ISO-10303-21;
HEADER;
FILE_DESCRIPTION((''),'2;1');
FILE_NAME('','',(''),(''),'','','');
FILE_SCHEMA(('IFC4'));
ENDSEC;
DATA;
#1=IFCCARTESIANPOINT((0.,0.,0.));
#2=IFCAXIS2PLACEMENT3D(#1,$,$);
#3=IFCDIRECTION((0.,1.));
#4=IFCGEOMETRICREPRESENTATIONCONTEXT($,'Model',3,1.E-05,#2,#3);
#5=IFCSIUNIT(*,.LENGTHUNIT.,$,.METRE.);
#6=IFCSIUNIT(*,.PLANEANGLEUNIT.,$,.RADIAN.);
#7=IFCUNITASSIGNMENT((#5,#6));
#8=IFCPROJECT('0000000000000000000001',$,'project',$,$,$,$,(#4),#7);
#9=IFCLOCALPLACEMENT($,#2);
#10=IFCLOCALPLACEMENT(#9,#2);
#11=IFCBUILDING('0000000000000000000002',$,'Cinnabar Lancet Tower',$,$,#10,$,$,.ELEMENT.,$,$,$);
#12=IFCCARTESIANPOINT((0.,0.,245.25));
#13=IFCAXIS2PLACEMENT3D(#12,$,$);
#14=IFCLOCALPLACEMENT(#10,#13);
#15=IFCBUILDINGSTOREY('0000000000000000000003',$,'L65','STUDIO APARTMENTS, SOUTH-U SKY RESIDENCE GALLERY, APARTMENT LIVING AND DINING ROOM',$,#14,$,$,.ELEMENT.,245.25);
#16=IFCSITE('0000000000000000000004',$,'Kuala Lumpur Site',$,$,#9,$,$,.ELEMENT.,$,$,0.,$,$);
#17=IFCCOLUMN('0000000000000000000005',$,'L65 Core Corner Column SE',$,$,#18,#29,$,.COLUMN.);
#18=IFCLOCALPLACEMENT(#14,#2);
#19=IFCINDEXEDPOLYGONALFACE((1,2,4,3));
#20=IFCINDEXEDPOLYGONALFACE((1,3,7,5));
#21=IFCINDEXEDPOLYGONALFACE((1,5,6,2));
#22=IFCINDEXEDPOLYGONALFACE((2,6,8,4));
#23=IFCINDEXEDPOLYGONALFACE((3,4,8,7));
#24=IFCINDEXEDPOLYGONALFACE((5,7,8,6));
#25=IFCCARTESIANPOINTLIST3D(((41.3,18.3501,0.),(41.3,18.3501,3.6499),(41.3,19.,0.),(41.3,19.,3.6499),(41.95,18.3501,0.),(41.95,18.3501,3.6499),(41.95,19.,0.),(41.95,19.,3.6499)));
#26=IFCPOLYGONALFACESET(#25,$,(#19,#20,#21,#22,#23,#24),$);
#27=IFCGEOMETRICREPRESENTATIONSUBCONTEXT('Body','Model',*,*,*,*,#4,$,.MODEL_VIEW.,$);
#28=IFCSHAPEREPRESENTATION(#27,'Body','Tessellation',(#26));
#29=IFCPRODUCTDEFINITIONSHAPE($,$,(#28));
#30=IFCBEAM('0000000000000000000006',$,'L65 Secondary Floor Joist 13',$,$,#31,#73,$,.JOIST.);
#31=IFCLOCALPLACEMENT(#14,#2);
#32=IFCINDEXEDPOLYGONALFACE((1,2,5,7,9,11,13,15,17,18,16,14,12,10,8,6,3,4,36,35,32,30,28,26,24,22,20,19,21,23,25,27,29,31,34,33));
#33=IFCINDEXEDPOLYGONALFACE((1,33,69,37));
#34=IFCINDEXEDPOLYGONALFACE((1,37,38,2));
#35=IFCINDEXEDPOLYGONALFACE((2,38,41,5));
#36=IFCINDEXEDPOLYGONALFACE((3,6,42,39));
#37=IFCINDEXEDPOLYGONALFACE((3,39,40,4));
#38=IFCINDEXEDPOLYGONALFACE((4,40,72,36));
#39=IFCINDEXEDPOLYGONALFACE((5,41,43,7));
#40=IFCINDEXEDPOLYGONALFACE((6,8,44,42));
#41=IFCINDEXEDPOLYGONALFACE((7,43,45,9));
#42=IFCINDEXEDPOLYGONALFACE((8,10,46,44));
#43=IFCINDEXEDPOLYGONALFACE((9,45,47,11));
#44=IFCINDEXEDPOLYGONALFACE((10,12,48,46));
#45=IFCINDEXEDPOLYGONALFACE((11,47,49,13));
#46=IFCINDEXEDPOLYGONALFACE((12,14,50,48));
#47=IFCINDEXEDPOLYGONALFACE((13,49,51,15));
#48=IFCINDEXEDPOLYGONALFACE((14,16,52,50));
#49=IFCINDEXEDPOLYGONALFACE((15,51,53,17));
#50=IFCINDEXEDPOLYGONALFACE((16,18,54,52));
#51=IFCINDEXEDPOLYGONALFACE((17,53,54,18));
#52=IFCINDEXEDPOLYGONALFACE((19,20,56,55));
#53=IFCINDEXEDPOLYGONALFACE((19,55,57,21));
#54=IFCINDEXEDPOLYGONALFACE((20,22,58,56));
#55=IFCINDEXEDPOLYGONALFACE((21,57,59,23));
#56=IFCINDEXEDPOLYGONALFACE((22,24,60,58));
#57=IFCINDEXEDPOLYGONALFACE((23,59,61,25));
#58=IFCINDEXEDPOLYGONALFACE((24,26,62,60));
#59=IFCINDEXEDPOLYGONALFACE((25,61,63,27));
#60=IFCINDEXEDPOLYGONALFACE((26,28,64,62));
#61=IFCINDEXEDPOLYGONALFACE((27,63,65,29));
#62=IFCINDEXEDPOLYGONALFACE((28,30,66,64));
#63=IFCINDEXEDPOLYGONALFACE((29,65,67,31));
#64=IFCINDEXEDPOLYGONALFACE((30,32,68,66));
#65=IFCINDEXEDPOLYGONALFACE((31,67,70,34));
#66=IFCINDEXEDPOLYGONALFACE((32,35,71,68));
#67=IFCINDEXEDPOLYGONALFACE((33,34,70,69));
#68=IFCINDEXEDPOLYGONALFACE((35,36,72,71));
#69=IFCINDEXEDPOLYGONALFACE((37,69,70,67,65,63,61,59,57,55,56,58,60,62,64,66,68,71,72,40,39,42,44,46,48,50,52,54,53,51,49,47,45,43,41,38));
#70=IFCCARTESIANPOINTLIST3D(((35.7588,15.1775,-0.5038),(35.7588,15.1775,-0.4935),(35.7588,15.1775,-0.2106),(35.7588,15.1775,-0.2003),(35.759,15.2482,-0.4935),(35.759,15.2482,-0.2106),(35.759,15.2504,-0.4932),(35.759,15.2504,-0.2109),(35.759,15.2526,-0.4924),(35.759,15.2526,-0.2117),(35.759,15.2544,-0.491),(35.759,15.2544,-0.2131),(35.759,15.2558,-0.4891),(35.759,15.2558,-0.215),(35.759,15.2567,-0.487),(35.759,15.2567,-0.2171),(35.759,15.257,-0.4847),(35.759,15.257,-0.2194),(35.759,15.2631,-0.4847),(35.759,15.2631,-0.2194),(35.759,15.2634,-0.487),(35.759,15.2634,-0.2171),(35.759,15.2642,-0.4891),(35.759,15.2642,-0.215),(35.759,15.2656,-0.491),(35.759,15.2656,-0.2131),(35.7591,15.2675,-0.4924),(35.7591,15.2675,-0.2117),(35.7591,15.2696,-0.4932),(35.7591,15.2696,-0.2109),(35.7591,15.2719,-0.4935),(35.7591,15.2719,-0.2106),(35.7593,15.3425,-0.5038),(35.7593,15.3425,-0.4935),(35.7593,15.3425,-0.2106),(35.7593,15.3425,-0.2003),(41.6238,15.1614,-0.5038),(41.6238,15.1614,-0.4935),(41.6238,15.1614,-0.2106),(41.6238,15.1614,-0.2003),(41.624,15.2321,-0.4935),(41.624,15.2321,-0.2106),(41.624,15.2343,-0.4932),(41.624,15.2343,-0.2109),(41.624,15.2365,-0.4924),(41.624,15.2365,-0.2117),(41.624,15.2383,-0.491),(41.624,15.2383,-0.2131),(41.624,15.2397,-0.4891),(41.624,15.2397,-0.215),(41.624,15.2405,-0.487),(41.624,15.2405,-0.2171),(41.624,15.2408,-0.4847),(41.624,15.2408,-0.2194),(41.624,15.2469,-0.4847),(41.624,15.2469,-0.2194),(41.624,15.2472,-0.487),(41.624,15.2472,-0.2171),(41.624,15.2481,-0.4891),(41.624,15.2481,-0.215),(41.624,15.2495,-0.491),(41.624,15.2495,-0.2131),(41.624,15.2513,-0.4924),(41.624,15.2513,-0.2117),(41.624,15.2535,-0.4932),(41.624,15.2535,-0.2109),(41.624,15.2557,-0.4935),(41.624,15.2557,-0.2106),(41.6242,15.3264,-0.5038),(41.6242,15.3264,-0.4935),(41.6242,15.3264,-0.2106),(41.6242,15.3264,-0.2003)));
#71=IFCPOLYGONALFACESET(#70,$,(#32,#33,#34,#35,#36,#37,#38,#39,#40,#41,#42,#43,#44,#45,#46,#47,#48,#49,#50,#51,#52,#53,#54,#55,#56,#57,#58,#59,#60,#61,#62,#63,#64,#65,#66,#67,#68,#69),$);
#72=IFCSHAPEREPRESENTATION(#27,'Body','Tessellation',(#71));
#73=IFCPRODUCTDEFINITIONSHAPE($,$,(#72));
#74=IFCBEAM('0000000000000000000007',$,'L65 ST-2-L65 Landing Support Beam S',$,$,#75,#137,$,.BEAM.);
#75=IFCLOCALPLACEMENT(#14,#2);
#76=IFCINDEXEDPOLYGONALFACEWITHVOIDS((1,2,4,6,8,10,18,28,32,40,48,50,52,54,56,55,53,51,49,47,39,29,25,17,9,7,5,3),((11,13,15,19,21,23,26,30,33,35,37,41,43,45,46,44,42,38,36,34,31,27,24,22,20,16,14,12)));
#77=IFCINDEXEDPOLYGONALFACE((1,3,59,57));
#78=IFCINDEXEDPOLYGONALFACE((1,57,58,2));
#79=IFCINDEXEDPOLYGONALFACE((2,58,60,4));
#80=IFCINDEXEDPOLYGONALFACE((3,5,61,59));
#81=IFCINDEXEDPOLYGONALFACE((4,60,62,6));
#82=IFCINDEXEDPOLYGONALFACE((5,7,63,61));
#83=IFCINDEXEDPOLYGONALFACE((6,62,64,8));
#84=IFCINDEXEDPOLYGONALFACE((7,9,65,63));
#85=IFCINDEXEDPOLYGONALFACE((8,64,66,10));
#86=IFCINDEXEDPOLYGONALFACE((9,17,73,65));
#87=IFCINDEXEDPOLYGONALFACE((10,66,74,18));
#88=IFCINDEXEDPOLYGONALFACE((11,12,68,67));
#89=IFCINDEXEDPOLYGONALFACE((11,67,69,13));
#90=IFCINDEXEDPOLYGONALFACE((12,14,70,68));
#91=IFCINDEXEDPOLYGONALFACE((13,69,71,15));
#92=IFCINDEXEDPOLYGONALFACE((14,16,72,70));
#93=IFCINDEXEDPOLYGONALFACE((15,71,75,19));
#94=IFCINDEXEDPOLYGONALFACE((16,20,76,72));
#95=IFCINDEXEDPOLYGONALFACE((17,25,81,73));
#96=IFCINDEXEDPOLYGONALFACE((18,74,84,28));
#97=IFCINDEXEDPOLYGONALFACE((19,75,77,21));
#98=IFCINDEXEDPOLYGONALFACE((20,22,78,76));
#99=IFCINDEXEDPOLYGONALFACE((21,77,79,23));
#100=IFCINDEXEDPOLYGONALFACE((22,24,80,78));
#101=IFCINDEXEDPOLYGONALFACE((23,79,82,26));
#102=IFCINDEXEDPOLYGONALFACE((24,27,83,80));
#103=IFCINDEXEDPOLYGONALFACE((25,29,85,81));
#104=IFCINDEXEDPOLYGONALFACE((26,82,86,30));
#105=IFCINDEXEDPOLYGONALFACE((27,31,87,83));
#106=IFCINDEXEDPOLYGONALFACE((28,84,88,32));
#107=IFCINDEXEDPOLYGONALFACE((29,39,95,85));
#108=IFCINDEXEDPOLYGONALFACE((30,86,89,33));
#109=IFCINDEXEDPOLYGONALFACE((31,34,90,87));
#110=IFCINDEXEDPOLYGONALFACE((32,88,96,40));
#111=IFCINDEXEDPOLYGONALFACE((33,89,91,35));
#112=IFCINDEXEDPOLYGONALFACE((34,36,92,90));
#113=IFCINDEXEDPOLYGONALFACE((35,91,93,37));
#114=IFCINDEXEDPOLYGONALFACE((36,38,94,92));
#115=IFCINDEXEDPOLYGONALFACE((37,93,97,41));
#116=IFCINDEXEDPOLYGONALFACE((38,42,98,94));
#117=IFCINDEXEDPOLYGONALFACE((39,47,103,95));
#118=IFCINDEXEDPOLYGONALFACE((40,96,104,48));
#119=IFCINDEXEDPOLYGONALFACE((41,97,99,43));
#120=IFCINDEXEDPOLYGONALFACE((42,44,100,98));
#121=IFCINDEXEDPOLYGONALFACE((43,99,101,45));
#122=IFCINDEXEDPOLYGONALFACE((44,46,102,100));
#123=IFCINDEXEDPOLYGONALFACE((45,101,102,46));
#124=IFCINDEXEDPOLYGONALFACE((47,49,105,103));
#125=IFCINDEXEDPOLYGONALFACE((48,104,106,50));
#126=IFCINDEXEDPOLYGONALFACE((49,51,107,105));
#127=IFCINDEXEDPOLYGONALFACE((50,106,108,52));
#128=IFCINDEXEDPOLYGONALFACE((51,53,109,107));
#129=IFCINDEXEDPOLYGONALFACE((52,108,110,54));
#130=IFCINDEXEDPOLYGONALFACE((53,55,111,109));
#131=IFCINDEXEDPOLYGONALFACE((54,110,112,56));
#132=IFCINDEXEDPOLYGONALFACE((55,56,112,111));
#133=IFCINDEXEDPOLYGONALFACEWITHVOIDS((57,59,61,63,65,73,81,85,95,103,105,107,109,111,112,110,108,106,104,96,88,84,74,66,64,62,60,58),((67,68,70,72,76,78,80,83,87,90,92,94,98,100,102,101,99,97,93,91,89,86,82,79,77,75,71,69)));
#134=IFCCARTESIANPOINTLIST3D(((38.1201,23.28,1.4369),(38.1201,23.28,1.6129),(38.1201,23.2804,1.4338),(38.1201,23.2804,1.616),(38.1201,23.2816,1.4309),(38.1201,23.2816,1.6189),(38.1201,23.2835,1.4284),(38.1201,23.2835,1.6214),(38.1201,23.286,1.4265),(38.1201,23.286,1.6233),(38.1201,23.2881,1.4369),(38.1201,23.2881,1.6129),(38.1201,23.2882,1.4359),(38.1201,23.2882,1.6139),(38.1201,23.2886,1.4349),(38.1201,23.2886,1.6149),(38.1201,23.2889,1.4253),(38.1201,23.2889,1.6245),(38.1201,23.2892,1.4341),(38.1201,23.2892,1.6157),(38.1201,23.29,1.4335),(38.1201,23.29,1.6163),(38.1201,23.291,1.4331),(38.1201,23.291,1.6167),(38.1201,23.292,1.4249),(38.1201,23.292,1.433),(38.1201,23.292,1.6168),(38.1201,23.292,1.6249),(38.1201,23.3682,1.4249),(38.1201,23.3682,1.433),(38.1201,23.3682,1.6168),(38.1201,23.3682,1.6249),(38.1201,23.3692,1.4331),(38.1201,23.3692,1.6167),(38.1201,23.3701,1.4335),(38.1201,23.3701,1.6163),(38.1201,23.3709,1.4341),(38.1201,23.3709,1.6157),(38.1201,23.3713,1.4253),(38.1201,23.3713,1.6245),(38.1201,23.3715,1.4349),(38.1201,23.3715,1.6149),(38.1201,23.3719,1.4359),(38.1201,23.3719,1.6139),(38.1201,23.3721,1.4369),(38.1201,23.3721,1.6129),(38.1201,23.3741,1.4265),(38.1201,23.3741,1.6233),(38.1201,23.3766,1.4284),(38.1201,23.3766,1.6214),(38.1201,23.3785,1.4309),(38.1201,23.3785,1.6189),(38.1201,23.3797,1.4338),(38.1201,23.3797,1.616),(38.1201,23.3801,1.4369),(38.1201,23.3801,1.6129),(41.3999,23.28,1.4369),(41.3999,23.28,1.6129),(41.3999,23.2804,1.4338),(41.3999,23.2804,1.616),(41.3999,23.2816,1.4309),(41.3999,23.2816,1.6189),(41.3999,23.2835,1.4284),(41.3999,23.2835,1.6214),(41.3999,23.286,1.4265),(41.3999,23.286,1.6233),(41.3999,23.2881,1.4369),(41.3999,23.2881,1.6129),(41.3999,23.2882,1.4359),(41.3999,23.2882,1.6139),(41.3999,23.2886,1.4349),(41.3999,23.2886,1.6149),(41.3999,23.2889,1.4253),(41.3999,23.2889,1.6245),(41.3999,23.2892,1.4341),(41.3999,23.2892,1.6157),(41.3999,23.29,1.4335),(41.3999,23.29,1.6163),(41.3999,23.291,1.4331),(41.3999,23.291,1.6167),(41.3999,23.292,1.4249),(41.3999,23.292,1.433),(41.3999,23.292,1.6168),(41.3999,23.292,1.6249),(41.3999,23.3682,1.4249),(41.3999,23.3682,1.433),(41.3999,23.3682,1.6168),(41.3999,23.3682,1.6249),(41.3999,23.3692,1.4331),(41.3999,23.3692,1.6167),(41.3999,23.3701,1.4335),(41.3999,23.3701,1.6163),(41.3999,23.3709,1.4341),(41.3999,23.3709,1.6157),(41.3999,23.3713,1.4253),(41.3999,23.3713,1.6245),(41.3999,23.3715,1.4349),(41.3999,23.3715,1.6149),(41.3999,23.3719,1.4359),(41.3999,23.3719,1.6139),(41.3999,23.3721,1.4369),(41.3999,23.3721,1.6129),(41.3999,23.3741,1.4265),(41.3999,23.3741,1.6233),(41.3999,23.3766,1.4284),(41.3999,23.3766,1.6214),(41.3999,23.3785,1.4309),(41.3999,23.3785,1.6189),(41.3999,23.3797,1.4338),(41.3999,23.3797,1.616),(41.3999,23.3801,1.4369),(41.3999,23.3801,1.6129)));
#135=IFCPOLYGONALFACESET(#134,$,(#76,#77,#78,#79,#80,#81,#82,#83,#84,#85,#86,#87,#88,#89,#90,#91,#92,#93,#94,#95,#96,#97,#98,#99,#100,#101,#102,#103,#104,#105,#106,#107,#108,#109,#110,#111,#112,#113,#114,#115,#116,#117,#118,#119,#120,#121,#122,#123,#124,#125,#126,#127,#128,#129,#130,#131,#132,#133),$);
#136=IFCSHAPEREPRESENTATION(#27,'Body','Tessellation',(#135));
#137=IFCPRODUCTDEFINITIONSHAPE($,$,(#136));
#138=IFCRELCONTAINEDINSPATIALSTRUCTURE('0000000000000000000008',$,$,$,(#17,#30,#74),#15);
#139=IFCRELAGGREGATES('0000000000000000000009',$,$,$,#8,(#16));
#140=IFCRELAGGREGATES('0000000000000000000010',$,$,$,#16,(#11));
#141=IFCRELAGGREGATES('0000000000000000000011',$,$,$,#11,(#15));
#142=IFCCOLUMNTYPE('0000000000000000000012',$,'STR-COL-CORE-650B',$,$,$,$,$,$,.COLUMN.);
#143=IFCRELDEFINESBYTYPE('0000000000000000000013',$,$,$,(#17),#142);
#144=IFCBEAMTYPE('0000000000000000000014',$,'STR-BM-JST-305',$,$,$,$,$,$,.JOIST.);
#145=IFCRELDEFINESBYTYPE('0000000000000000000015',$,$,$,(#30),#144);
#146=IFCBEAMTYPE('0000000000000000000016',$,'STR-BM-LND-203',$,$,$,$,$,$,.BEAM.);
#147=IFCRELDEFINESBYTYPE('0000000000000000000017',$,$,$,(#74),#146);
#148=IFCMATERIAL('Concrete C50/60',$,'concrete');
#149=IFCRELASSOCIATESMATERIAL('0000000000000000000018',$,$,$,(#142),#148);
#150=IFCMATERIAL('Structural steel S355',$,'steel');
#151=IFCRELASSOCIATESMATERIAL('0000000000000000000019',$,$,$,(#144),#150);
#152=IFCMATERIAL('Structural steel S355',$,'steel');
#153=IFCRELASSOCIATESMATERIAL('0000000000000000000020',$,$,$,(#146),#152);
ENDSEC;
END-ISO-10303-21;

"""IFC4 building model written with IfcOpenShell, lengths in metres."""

from ifc_helpers import new_model, si_unit, direction, frame, origin, origin_2d, place, context, subcontext, project, spatial, rectangle, hollow_rectangle, i_section, extrude, material, material_profile, profile_set, type_object, element, save


model = new_model("IFC4")

# Units and contexts
model_context = context("Model", 3, precision=1e-05, world=origin(), true_north=direction((0.0, 1.0)))
body_context = subcontext(model_context, "Body", "Model", "MODEL_VIEW")
ifc_project = project(units=[si_unit("LENGTHUNIT", "METRE"), si_unit("PLANEANGLEUNIT", "RADIAN")], contexts=[model_context])

# Site, building, storey
site_placement = place(None, origin())
site = spatial("IfcSite", under=ifc_project, at=site_placement, Name="Kuala Lumpur Site", CompositionType="ELEMENT", RefElevation=0.0)
building_placement = place(site_placement, origin())
building = spatial("IfcBuilding", under=site, at=building_placement, Name="Cinnabar Lancet Tower", CompositionType="ELEMENT")
storey_placement = place(building_placement, frame((0.0, 0.0, 245.25)))
storey = spatial("IfcBuildingStorey", under=building, at=storey_placement, Name="L65", Description="STUDIO APARTMENTS, SOUTH-U SKY RESIDENCE GALLERY, APARTMENT LIVING AND DINING ROOM", CompositionType="ELEMENT", Elevation=245.25)

# Column
ifc_material_1 = material(Name="Concrete C50/60", Category="concrete")
ifc_material_profile_1 = material_profile(ifc_material_1, rectangle(XDim=0.6499, YDim=0.6499, at=origin_2d()), Name="RC-COL 650x650")
ifc_profile_set_1 = profile_set([ifc_material_profile_1], Name="Concrete C50/60")
column_type = type_object("IfcColumnType", Name="STR-COL-CORE-650B", PredefinedType="COLUMN", material=ifc_profile_set_1)
column_placement = place(storey_placement, frame((41.625, 18.675, 0.0), z_axis=(0.0, 0.0, 1.0), x_axis=(1.0, 0.0, 0.0)))
element("IfcColumn", 1, at=column_placement, inside=storey, type_object=column_type, Name="L65 Core Corner Column SE", PredefinedType="COLUMN", context=body_context, shape_type="SweptSolid", body=[
    extrude(rectangle(XDim=0.6499, YDim=0.6499, at=origin_2d()), origin(), (0.0, 0.0, 1.0), 3.6499),
])

# Beams
ifc_material_2 = material(Name="Structural steel S355", Category="steel")
ifc_material_profile_2 = material_profile(ifc_material_2, i_section(OverallWidth=0.165, OverallDepth=0.3035, WebThickness=0.0061, FlangeThickness=0.0103, FilletRadius=0.0088, at=origin_2d()), Name="UKB 305x165x40")
ifc_profile_set_2 = profile_set([ifc_material_profile_2], Name="Structural steel S355")
beam_type_1 = type_object("IfcBeamType", Name="STR-BM-JST-305", PredefinedType="JOIST", material=ifc_profile_set_2)
beam_1_placement = place(storey_placement, frame((35.759, 15.26, -0.3521), z_axis=(0.999996, -0.002747, 0.0), x_axis=(0.002747, 0.999996, 0.0)))
element("IfcBeam", 2, at=beam_1_placement, inside=storey, type_object=beam_type_1, Name="L65 Secondary Floor Joist 13", PredefinedType="JOIST", context=body_context, shape_type="SweptSolid", body=[
    extrude(i_section(OverallWidth=0.165, OverallDepth=0.3035, WebThickness=0.0061, FlangeThickness=0.0103, FilletRadius=0.0088, at=origin_2d()), origin(), (0.0, 0.0, 1.0), 5.865),
])
ifc_material_3 = material(Name="Structural steel S355", Category="steel")
ifc_material_profile_3 = material_profile(ifc_material_3, hollow_rectangle(XDim=0.1001, YDim=0.2, WallThickness=0.0081, InnerFilletRadius=0.0039, OuterFilletRadius=0.012, at=origin_2d()), Name="RHS 200x100x8")
ifc_profile_set_3 = profile_set([ifc_material_profile_3], Name="Structural steel S355")
beam_type_2 = type_object("IfcBeamType", Name="STR-BM-LND-203", PredefinedType="BEAM", material=ifc_profile_set_3)
for number, where, z_axis, x_axis, name in (
    (3, (38.1201, 23.3301, 1.5249), (1.0, 0.0, 0.0), (0.0, 1.0, 0.0), "L65 ST-2-L65 Landing Support Beam S"),
):
    element("IfcBeam", number, at=place(storey_placement, frame(where, z_axis=z_axis, x_axis=x_axis)), inside=storey, type_object=beam_type_2, Name=name, PredefinedType="BEAM", context=body_context, shape_type="SweptSolid", body=[
        extrude(hollow_rectangle(XDim=0.1001, YDim=0.2, WallThickness=0.0081, InnerFilletRadius=0.0039, OuterFilletRadius=0.012, at=origin_2d()), origin(), (0.0, 0.0, 1.0), 3.2798),
    ])

save(model, "model.ifc")
